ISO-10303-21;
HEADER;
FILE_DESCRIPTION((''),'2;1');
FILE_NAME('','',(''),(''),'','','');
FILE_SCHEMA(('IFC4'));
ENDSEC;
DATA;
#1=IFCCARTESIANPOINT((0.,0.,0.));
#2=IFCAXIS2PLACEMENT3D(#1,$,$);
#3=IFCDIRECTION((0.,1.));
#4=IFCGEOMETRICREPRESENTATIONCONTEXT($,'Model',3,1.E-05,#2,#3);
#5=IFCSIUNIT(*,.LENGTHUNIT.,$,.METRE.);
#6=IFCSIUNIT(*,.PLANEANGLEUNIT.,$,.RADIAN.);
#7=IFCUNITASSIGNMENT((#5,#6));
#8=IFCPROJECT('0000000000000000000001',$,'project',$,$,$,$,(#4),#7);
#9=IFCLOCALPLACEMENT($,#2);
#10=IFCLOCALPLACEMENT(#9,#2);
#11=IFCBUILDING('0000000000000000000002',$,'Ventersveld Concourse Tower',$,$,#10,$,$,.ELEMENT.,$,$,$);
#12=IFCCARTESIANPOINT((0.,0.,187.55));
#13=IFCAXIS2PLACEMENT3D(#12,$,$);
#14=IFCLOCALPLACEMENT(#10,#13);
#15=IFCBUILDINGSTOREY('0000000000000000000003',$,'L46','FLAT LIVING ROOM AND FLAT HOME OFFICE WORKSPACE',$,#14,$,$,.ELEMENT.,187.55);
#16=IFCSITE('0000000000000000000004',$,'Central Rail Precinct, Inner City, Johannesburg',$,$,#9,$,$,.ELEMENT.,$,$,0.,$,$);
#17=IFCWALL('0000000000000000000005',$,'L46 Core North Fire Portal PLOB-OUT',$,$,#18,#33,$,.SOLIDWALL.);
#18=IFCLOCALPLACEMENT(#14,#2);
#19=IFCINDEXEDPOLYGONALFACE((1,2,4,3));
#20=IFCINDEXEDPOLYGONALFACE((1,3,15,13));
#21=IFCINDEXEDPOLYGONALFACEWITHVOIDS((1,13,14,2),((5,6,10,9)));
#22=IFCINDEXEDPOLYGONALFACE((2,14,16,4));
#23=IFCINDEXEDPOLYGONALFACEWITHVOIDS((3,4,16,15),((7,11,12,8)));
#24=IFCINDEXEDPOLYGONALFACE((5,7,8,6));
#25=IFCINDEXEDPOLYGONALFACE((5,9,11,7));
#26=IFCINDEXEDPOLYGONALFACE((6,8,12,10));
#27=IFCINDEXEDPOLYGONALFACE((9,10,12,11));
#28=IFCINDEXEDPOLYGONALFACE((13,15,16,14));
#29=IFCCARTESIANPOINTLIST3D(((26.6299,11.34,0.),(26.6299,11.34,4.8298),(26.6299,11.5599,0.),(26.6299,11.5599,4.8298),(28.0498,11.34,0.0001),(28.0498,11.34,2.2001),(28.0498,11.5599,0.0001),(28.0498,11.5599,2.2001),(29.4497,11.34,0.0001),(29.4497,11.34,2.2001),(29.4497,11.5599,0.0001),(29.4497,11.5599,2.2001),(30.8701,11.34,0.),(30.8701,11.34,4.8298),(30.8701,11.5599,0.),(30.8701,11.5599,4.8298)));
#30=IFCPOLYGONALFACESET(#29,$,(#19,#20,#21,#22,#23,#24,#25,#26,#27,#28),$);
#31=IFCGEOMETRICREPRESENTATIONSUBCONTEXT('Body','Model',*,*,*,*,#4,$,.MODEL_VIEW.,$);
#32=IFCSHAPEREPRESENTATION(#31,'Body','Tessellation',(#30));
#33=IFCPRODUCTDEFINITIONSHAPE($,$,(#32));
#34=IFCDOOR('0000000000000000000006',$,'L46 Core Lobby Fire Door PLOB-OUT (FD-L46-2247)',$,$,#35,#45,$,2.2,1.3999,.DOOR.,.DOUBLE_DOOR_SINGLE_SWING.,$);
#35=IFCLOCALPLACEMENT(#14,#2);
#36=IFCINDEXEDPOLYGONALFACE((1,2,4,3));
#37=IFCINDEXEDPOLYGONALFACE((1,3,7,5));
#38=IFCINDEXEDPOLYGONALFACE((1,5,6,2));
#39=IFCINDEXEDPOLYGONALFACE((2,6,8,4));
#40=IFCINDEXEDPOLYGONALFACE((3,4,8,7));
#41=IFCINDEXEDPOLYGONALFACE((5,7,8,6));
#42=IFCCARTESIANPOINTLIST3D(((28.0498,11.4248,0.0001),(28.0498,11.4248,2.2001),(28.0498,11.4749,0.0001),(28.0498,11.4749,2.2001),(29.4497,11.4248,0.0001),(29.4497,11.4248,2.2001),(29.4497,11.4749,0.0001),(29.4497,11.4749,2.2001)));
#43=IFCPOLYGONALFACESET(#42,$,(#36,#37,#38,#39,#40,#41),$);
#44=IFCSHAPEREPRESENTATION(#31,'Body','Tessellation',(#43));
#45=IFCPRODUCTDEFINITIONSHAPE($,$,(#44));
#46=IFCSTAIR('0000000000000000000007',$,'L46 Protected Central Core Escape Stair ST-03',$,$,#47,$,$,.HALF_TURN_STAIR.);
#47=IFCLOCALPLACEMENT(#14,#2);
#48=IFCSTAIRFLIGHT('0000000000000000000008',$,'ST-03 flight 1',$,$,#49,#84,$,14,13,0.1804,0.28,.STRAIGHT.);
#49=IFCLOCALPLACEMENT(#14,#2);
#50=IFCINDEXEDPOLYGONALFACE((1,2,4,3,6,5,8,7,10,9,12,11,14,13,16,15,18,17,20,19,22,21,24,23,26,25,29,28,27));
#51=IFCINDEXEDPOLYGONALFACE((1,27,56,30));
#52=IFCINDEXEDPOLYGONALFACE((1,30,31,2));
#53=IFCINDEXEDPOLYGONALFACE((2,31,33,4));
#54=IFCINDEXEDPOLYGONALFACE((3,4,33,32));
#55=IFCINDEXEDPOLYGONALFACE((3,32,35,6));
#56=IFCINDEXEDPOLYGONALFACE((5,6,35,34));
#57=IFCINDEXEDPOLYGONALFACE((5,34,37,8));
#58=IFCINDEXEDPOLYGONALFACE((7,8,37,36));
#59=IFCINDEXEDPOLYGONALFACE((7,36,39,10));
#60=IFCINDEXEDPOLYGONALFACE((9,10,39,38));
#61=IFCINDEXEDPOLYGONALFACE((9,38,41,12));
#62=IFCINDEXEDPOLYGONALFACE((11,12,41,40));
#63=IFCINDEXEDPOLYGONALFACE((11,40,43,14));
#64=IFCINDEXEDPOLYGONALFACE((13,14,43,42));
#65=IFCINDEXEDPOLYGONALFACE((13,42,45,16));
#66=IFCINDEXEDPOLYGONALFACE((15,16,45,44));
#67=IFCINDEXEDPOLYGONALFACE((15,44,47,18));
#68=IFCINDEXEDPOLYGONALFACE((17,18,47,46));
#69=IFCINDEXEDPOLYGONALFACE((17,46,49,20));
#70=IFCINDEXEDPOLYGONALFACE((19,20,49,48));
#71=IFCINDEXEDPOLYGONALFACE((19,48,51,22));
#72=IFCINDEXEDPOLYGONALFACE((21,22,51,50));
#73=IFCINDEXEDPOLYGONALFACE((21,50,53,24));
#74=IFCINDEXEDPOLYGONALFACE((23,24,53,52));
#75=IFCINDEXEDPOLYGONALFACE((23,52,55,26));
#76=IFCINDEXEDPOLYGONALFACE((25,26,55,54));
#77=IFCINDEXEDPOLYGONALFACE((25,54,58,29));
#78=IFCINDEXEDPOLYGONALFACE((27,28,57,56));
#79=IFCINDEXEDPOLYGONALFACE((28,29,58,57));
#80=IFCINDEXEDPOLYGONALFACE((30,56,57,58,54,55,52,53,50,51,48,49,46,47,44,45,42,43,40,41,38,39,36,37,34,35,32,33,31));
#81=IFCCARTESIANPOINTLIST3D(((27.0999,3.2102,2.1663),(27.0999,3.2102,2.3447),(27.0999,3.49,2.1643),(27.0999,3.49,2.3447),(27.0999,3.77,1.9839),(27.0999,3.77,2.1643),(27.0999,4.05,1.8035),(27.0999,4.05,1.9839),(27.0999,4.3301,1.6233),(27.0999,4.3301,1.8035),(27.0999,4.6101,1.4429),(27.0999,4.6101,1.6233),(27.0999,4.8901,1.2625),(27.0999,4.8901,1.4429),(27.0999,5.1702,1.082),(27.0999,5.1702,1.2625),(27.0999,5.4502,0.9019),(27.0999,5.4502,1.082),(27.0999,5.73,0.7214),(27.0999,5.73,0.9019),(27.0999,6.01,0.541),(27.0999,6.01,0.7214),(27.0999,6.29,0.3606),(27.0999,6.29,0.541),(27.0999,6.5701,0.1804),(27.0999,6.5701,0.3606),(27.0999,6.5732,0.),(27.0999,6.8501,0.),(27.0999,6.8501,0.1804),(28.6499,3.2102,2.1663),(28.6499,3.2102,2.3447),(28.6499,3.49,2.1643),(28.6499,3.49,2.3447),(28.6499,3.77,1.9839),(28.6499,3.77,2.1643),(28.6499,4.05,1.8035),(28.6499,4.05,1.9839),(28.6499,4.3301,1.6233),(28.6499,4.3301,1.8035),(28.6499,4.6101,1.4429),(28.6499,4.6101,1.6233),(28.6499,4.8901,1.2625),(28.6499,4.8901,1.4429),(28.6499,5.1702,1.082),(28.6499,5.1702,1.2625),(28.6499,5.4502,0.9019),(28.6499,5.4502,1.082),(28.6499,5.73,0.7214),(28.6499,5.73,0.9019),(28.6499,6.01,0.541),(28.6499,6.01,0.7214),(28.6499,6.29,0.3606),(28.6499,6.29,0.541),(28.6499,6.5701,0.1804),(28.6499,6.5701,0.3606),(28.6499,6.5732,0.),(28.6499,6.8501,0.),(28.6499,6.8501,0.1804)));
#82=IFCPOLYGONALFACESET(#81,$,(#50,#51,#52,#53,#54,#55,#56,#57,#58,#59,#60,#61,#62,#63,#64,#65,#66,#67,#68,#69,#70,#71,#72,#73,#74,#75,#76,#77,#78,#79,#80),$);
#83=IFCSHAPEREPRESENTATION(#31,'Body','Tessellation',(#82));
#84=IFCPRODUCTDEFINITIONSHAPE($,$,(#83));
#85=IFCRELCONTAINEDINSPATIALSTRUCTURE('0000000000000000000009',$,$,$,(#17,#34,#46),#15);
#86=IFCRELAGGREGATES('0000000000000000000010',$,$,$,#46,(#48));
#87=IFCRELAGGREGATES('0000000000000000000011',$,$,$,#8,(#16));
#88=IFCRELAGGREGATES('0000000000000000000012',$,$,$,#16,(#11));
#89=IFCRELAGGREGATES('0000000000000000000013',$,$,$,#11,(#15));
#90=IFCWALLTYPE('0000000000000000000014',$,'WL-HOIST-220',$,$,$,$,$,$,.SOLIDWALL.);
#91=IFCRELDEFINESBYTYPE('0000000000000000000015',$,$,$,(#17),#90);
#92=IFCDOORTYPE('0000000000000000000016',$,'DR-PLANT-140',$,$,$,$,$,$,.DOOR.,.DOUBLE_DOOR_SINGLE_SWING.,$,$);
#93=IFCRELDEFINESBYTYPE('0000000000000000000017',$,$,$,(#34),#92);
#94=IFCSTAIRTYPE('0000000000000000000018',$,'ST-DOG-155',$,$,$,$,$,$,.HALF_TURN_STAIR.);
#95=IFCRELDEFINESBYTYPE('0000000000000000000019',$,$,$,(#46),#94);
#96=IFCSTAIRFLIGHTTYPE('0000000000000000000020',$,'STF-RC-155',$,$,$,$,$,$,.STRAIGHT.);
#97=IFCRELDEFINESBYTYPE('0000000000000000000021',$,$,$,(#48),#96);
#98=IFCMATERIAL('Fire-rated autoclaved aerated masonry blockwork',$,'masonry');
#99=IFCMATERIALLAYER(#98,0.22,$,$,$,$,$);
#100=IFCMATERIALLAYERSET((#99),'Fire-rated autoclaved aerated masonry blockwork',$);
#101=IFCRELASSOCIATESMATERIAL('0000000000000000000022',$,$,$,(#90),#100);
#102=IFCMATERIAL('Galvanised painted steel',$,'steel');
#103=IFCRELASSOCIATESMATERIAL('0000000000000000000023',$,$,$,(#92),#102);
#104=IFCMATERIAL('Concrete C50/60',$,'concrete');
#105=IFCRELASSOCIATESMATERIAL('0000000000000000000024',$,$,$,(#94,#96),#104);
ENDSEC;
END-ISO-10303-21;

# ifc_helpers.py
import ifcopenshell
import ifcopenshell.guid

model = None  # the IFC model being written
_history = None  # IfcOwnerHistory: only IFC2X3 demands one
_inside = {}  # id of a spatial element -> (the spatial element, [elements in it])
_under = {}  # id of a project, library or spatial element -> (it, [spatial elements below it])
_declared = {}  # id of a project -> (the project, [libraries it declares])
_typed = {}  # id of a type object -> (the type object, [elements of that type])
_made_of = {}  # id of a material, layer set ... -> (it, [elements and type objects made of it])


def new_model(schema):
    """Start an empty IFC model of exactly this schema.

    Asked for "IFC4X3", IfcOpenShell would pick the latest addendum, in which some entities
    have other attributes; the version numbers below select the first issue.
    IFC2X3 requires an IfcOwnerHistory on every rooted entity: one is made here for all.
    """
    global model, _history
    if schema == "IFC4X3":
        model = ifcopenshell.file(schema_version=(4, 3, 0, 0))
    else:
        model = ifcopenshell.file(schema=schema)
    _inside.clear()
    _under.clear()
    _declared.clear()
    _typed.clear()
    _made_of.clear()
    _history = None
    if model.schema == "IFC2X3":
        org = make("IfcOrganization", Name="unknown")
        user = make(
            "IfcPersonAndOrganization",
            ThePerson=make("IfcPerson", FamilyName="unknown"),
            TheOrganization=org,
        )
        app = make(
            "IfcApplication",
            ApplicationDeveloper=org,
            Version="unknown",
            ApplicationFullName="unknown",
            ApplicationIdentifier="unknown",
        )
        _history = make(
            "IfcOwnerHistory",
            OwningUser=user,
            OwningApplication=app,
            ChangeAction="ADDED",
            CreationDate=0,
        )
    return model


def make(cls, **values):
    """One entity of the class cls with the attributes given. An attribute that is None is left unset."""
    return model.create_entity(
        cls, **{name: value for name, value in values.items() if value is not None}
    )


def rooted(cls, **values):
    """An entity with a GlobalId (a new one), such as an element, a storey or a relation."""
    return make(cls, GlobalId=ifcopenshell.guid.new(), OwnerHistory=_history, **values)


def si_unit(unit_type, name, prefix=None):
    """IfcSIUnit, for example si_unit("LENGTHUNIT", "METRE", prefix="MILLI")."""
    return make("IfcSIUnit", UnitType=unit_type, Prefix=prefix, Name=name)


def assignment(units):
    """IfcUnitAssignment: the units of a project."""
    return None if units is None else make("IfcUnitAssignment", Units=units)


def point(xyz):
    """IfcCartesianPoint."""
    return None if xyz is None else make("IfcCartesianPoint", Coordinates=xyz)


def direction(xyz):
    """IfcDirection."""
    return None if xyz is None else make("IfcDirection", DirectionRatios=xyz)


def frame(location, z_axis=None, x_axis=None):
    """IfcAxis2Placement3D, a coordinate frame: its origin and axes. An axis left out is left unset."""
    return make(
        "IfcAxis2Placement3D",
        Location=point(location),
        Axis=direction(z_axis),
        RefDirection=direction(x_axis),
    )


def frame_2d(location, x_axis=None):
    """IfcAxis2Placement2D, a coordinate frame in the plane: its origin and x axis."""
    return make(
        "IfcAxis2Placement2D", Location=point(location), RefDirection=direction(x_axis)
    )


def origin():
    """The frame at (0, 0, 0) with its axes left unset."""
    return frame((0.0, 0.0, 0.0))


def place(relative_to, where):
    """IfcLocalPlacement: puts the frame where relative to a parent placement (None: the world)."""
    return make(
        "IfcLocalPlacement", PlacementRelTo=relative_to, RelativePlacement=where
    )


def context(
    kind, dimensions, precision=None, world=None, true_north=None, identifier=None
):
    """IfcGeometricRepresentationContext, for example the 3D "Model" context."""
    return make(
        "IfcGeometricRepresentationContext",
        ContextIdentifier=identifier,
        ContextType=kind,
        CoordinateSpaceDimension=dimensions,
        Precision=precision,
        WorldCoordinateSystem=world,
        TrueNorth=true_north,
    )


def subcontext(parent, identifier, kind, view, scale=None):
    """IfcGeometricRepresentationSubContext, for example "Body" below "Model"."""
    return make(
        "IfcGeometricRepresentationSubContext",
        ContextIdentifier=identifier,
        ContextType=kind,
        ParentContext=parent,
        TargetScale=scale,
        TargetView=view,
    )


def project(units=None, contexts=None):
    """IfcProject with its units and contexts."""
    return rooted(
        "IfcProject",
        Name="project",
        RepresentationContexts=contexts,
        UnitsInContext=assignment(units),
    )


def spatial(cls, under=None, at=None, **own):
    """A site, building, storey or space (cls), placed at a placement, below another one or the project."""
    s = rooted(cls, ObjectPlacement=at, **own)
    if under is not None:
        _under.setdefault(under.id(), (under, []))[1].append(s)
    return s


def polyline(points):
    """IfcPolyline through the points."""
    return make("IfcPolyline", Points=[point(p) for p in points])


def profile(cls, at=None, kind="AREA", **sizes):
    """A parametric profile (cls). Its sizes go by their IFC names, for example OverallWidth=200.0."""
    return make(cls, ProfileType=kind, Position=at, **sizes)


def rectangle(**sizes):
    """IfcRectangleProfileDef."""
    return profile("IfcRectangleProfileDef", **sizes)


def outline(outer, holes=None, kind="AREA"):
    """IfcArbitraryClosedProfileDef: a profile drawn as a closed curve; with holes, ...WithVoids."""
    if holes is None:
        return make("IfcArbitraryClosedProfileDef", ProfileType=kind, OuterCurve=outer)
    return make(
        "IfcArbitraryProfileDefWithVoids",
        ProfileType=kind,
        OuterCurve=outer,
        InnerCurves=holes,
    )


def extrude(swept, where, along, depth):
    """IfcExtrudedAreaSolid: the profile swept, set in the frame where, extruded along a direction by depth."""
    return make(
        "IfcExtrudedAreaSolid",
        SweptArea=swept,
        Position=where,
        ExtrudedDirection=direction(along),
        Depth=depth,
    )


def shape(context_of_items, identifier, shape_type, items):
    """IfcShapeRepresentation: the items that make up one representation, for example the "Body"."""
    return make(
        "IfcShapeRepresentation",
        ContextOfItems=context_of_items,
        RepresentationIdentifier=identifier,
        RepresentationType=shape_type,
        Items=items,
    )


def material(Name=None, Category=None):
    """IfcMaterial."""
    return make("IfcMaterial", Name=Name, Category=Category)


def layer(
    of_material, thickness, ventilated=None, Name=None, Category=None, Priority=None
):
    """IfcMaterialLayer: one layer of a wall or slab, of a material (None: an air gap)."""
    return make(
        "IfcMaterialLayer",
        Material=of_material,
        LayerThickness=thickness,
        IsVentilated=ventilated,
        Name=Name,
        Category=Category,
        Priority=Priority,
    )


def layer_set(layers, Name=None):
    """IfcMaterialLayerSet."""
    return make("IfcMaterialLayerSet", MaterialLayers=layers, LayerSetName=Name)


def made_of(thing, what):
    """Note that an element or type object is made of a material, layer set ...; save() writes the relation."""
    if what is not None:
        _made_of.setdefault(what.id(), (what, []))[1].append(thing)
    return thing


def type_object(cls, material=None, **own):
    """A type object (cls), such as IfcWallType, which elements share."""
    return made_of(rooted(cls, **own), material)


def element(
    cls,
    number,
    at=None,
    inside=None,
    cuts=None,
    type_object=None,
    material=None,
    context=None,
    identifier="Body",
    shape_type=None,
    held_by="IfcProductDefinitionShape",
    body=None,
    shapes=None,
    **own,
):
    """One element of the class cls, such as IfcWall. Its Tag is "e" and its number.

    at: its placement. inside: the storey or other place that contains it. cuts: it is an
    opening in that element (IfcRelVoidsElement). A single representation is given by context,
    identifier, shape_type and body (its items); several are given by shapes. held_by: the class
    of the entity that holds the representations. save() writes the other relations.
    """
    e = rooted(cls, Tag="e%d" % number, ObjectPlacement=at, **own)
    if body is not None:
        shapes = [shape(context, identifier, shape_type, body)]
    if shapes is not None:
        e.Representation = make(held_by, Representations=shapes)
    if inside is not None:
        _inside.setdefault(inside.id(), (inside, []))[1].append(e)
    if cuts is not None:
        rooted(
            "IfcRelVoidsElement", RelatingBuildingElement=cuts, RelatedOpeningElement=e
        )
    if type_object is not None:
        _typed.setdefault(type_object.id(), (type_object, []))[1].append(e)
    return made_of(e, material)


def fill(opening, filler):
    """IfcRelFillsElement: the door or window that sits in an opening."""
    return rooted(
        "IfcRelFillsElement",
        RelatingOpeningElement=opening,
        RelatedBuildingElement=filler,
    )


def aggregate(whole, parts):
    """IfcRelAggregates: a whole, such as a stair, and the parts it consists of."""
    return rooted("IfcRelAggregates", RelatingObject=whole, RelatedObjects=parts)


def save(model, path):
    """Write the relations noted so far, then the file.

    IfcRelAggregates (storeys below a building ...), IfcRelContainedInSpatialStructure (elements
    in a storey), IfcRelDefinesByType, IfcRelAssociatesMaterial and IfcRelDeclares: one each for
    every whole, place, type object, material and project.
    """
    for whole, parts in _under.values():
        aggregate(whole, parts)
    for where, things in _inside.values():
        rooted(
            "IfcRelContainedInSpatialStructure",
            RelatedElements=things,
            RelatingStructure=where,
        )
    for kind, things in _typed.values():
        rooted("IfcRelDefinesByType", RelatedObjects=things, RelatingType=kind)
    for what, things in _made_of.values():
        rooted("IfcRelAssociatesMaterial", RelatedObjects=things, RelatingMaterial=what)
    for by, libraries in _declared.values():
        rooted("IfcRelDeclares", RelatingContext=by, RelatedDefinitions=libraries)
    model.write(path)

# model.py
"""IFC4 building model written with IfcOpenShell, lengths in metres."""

from ifc_helpers import new_model, si_unit, direction, frame, frame_2d, origin, place, context, subcontext, project, spatial, polyline, rectangle, outline, extrude, material, layer, layer_set, type_object, element, fill, aggregate, save


model = new_model("IFC4")

# Units and contexts
model_context = context("Model", 3, precision=1e-05, world=origin(), true_north=direction((0.0, 1.0)))
body_context = subcontext(model_context, "Body", "Model", "MODEL_VIEW")
ifc_project = project(units=[si_unit("LENGTHUNIT", "METRE"), si_unit("PLANEANGLEUNIT", "RADIAN")], contexts=[model_context])

# Site, building, storey
site_placement = place(None, origin())
site = spatial("IfcSite", under=ifc_project, at=site_placement, Name="Central Rail Precinct, Inner City, Johannesburg", CompositionType="ELEMENT", RefElevation=0.0)
building_placement = place(site_placement, origin())
building = spatial("IfcBuilding", under=site, at=building_placement, Name="Ventersveld Concourse Tower", CompositionType="ELEMENT")
storey_placement = place(building_placement, frame((0.0, 0.0, 187.55)))
storey = spatial("IfcBuildingStorey", under=building, at=storey_placement, Name="L46", Description="FLAT LIVING ROOM AND FLAT HOME OFFICE WORKSPACE", CompositionType="ELEMENT", Elevation=187.55)

# Shared definitions
ifc_material_1 = material(Name="Concrete C50/60", Category="concrete")

# Shared definitions
ifc_material_2 = material(Name="Fire-rated autoclaved aerated masonry blockwork", Category="masonry")
ifc_material_3 = material(Name="Galvanised painted steel", Category="steel")

# Shared definitions
ifc_layer_1 = layer(ifc_material_2, 0.22)
ifc_layer_set_1 = layer_set([ifc_layer_1], Name="Fire-rated autoclaved aerated masonry blockwork")
wall_type_1 = type_object("IfcWallType", Name="WL-HOIST-220", PredefinedType="SOLIDWALL", material=ifc_layer_set_1)

# Wall, opening, door
wall_1_placement = place(storey_placement, frame((26.6299, 11.45, 0.0), z_axis=(0.0, 0.0, 1.0), x_axis=(1.0, 0.0, 0.0)))
wall_1 = element("IfcWall", 1, at=wall_1_placement, inside=storey, type_object=wall_type_1, Name="L46 Core North Fire Portal PLOB-OUT", PredefinedType="SOLIDWALL", context=body_context, shape_type="SweptSolid", body=[
    extrude(rectangle(XDim=4.2402, YDim=0.22, at=frame_2d((2.1201, 0.0))), origin(), (0.0, 0.0, 1.0), 4.8298),
])
opening_1_placement = place(wall_1_placement, frame((1.4199, 0.0, 0.0)))
opening_1 = element("IfcOpeningElement", 2, at=opening_1_placement, cuts=wall_1, PredefinedType="OPENING", context=body_context, shape_type="SweptSolid", body=[
    extrude(rectangle(XDim=1.3999, YDim=2.2, at=frame_2d((0.7, 1.1001))), frame((0.0, 0.1201, 0.0), z_axis=(0.0, -1.0, 0.0), x_axis=(1.0, 0.0, 0.0)), (0.0, 0.0, 1.0), 0.24),
])
door_type_1 = type_object("IfcDoorType", Name="DR-PLANT-140", OperationType="DOUBLE_DOOR_SINGLE_SWING", PredefinedType="DOOR", material=ifc_material_3)
door_1_placement = place(opening_1_placement, origin())
door_1 = element("IfcDoor", 3, at=door_1_placement, inside=storey, type_object=door_type_1, Name="L46 Core Lobby Fire Door PLOB-OUT (FD-L46-2247)", OperationType="DOUBLE_DOOR_SINGLE_SWING", OverallHeight=2.2, OverallWidth=1.3999, PredefinedType="DOOR", context=body_context, shape_type="SweptSolid", body=[
    extrude(rectangle(XDim=1.3999, YDim=2.2, at=frame_2d((0.7, 1.1001))), frame((0.0, 0.0249, 0.0), z_axis=(0.0, -1.0, 0.0), x_axis=(1.0, 0.0, 0.0)), (0.0, 0.0, 1.0), 0.05),
])
fill(opening_1, door_1)

# Stair, stair flight
stair_type = type_object("IfcStairType", Name="ST-DOG-155", PredefinedType="HALF_TURN_STAIR", material=ifc_material_1)
stair_placement = place(storey_placement, origin())
stair = element("IfcStair", 4, at=stair_placement, inside=storey, type_object=stair_type, Name="L46 Protected Central Core Escape Stair ST-03", PredefinedType="HALF_TURN_STAIR")
stair_flight_type = type_object("IfcStairFlightType", Name="STF-RC-155", PredefinedType="STRAIGHT", material=ifc_material_1)
stair_flight_placement = place(storey_placement, frame((27.875, 6.8501, 0.0), z_axis=(0.0, 0.0, 1.0), x_axis=(0.0, -1.0, 0.0)))
stair_flight = element("IfcStairFlight", 5, at=stair_flight_placement, type_object=stair_flight_type, Name="ST-03 flight 1", NumberOfRisers=14, NumberOfTreads=13, PredefinedType="STRAIGHT", RiserHeight=0.1804, TreadLength=0.28, context=body_context, shape_type="SweptSolid", body=[
    extrude(outline(polyline([(0.0, 0.0), (0.0, 0.1804), (0.28, 0.1804), (0.28, 0.3606), (0.5601, 0.3606), (0.5601, 0.541), (0.8401, 0.541), (0.8401, 0.7214), (1.1201, 0.7214), (1.1201, 0.9019), (1.3999, 0.9019), (1.3999, 1.082), (1.6799, 1.082), (1.6799, 1.2625), (1.96, 1.2625), (1.96, 1.4429), (2.24, 1.4429), (2.24, 1.6233), (2.52, 1.6233), (2.52, 1.8035), (2.8, 1.8035), (2.8, 1.9839), (3.0801, 1.9839), (3.0801, 2.1643), (3.3601, 2.1643), (3.3601, 2.3447), (3.6399, 2.3447), (3.6399, 2.5249), (3.6399, 2.1663), (0.2769, 0.0), (0.0, 0.0)])), frame((0.0, 0.7749, 0.0), z_axis=(0.0, -1.0, 0.0), x_axis=(1.0, 0.0, 0.0)), (0.0, 0.0, 1.0), 1.55),
])
aggregate(stair, [stair_flight])

save(model, "model.ifc")
